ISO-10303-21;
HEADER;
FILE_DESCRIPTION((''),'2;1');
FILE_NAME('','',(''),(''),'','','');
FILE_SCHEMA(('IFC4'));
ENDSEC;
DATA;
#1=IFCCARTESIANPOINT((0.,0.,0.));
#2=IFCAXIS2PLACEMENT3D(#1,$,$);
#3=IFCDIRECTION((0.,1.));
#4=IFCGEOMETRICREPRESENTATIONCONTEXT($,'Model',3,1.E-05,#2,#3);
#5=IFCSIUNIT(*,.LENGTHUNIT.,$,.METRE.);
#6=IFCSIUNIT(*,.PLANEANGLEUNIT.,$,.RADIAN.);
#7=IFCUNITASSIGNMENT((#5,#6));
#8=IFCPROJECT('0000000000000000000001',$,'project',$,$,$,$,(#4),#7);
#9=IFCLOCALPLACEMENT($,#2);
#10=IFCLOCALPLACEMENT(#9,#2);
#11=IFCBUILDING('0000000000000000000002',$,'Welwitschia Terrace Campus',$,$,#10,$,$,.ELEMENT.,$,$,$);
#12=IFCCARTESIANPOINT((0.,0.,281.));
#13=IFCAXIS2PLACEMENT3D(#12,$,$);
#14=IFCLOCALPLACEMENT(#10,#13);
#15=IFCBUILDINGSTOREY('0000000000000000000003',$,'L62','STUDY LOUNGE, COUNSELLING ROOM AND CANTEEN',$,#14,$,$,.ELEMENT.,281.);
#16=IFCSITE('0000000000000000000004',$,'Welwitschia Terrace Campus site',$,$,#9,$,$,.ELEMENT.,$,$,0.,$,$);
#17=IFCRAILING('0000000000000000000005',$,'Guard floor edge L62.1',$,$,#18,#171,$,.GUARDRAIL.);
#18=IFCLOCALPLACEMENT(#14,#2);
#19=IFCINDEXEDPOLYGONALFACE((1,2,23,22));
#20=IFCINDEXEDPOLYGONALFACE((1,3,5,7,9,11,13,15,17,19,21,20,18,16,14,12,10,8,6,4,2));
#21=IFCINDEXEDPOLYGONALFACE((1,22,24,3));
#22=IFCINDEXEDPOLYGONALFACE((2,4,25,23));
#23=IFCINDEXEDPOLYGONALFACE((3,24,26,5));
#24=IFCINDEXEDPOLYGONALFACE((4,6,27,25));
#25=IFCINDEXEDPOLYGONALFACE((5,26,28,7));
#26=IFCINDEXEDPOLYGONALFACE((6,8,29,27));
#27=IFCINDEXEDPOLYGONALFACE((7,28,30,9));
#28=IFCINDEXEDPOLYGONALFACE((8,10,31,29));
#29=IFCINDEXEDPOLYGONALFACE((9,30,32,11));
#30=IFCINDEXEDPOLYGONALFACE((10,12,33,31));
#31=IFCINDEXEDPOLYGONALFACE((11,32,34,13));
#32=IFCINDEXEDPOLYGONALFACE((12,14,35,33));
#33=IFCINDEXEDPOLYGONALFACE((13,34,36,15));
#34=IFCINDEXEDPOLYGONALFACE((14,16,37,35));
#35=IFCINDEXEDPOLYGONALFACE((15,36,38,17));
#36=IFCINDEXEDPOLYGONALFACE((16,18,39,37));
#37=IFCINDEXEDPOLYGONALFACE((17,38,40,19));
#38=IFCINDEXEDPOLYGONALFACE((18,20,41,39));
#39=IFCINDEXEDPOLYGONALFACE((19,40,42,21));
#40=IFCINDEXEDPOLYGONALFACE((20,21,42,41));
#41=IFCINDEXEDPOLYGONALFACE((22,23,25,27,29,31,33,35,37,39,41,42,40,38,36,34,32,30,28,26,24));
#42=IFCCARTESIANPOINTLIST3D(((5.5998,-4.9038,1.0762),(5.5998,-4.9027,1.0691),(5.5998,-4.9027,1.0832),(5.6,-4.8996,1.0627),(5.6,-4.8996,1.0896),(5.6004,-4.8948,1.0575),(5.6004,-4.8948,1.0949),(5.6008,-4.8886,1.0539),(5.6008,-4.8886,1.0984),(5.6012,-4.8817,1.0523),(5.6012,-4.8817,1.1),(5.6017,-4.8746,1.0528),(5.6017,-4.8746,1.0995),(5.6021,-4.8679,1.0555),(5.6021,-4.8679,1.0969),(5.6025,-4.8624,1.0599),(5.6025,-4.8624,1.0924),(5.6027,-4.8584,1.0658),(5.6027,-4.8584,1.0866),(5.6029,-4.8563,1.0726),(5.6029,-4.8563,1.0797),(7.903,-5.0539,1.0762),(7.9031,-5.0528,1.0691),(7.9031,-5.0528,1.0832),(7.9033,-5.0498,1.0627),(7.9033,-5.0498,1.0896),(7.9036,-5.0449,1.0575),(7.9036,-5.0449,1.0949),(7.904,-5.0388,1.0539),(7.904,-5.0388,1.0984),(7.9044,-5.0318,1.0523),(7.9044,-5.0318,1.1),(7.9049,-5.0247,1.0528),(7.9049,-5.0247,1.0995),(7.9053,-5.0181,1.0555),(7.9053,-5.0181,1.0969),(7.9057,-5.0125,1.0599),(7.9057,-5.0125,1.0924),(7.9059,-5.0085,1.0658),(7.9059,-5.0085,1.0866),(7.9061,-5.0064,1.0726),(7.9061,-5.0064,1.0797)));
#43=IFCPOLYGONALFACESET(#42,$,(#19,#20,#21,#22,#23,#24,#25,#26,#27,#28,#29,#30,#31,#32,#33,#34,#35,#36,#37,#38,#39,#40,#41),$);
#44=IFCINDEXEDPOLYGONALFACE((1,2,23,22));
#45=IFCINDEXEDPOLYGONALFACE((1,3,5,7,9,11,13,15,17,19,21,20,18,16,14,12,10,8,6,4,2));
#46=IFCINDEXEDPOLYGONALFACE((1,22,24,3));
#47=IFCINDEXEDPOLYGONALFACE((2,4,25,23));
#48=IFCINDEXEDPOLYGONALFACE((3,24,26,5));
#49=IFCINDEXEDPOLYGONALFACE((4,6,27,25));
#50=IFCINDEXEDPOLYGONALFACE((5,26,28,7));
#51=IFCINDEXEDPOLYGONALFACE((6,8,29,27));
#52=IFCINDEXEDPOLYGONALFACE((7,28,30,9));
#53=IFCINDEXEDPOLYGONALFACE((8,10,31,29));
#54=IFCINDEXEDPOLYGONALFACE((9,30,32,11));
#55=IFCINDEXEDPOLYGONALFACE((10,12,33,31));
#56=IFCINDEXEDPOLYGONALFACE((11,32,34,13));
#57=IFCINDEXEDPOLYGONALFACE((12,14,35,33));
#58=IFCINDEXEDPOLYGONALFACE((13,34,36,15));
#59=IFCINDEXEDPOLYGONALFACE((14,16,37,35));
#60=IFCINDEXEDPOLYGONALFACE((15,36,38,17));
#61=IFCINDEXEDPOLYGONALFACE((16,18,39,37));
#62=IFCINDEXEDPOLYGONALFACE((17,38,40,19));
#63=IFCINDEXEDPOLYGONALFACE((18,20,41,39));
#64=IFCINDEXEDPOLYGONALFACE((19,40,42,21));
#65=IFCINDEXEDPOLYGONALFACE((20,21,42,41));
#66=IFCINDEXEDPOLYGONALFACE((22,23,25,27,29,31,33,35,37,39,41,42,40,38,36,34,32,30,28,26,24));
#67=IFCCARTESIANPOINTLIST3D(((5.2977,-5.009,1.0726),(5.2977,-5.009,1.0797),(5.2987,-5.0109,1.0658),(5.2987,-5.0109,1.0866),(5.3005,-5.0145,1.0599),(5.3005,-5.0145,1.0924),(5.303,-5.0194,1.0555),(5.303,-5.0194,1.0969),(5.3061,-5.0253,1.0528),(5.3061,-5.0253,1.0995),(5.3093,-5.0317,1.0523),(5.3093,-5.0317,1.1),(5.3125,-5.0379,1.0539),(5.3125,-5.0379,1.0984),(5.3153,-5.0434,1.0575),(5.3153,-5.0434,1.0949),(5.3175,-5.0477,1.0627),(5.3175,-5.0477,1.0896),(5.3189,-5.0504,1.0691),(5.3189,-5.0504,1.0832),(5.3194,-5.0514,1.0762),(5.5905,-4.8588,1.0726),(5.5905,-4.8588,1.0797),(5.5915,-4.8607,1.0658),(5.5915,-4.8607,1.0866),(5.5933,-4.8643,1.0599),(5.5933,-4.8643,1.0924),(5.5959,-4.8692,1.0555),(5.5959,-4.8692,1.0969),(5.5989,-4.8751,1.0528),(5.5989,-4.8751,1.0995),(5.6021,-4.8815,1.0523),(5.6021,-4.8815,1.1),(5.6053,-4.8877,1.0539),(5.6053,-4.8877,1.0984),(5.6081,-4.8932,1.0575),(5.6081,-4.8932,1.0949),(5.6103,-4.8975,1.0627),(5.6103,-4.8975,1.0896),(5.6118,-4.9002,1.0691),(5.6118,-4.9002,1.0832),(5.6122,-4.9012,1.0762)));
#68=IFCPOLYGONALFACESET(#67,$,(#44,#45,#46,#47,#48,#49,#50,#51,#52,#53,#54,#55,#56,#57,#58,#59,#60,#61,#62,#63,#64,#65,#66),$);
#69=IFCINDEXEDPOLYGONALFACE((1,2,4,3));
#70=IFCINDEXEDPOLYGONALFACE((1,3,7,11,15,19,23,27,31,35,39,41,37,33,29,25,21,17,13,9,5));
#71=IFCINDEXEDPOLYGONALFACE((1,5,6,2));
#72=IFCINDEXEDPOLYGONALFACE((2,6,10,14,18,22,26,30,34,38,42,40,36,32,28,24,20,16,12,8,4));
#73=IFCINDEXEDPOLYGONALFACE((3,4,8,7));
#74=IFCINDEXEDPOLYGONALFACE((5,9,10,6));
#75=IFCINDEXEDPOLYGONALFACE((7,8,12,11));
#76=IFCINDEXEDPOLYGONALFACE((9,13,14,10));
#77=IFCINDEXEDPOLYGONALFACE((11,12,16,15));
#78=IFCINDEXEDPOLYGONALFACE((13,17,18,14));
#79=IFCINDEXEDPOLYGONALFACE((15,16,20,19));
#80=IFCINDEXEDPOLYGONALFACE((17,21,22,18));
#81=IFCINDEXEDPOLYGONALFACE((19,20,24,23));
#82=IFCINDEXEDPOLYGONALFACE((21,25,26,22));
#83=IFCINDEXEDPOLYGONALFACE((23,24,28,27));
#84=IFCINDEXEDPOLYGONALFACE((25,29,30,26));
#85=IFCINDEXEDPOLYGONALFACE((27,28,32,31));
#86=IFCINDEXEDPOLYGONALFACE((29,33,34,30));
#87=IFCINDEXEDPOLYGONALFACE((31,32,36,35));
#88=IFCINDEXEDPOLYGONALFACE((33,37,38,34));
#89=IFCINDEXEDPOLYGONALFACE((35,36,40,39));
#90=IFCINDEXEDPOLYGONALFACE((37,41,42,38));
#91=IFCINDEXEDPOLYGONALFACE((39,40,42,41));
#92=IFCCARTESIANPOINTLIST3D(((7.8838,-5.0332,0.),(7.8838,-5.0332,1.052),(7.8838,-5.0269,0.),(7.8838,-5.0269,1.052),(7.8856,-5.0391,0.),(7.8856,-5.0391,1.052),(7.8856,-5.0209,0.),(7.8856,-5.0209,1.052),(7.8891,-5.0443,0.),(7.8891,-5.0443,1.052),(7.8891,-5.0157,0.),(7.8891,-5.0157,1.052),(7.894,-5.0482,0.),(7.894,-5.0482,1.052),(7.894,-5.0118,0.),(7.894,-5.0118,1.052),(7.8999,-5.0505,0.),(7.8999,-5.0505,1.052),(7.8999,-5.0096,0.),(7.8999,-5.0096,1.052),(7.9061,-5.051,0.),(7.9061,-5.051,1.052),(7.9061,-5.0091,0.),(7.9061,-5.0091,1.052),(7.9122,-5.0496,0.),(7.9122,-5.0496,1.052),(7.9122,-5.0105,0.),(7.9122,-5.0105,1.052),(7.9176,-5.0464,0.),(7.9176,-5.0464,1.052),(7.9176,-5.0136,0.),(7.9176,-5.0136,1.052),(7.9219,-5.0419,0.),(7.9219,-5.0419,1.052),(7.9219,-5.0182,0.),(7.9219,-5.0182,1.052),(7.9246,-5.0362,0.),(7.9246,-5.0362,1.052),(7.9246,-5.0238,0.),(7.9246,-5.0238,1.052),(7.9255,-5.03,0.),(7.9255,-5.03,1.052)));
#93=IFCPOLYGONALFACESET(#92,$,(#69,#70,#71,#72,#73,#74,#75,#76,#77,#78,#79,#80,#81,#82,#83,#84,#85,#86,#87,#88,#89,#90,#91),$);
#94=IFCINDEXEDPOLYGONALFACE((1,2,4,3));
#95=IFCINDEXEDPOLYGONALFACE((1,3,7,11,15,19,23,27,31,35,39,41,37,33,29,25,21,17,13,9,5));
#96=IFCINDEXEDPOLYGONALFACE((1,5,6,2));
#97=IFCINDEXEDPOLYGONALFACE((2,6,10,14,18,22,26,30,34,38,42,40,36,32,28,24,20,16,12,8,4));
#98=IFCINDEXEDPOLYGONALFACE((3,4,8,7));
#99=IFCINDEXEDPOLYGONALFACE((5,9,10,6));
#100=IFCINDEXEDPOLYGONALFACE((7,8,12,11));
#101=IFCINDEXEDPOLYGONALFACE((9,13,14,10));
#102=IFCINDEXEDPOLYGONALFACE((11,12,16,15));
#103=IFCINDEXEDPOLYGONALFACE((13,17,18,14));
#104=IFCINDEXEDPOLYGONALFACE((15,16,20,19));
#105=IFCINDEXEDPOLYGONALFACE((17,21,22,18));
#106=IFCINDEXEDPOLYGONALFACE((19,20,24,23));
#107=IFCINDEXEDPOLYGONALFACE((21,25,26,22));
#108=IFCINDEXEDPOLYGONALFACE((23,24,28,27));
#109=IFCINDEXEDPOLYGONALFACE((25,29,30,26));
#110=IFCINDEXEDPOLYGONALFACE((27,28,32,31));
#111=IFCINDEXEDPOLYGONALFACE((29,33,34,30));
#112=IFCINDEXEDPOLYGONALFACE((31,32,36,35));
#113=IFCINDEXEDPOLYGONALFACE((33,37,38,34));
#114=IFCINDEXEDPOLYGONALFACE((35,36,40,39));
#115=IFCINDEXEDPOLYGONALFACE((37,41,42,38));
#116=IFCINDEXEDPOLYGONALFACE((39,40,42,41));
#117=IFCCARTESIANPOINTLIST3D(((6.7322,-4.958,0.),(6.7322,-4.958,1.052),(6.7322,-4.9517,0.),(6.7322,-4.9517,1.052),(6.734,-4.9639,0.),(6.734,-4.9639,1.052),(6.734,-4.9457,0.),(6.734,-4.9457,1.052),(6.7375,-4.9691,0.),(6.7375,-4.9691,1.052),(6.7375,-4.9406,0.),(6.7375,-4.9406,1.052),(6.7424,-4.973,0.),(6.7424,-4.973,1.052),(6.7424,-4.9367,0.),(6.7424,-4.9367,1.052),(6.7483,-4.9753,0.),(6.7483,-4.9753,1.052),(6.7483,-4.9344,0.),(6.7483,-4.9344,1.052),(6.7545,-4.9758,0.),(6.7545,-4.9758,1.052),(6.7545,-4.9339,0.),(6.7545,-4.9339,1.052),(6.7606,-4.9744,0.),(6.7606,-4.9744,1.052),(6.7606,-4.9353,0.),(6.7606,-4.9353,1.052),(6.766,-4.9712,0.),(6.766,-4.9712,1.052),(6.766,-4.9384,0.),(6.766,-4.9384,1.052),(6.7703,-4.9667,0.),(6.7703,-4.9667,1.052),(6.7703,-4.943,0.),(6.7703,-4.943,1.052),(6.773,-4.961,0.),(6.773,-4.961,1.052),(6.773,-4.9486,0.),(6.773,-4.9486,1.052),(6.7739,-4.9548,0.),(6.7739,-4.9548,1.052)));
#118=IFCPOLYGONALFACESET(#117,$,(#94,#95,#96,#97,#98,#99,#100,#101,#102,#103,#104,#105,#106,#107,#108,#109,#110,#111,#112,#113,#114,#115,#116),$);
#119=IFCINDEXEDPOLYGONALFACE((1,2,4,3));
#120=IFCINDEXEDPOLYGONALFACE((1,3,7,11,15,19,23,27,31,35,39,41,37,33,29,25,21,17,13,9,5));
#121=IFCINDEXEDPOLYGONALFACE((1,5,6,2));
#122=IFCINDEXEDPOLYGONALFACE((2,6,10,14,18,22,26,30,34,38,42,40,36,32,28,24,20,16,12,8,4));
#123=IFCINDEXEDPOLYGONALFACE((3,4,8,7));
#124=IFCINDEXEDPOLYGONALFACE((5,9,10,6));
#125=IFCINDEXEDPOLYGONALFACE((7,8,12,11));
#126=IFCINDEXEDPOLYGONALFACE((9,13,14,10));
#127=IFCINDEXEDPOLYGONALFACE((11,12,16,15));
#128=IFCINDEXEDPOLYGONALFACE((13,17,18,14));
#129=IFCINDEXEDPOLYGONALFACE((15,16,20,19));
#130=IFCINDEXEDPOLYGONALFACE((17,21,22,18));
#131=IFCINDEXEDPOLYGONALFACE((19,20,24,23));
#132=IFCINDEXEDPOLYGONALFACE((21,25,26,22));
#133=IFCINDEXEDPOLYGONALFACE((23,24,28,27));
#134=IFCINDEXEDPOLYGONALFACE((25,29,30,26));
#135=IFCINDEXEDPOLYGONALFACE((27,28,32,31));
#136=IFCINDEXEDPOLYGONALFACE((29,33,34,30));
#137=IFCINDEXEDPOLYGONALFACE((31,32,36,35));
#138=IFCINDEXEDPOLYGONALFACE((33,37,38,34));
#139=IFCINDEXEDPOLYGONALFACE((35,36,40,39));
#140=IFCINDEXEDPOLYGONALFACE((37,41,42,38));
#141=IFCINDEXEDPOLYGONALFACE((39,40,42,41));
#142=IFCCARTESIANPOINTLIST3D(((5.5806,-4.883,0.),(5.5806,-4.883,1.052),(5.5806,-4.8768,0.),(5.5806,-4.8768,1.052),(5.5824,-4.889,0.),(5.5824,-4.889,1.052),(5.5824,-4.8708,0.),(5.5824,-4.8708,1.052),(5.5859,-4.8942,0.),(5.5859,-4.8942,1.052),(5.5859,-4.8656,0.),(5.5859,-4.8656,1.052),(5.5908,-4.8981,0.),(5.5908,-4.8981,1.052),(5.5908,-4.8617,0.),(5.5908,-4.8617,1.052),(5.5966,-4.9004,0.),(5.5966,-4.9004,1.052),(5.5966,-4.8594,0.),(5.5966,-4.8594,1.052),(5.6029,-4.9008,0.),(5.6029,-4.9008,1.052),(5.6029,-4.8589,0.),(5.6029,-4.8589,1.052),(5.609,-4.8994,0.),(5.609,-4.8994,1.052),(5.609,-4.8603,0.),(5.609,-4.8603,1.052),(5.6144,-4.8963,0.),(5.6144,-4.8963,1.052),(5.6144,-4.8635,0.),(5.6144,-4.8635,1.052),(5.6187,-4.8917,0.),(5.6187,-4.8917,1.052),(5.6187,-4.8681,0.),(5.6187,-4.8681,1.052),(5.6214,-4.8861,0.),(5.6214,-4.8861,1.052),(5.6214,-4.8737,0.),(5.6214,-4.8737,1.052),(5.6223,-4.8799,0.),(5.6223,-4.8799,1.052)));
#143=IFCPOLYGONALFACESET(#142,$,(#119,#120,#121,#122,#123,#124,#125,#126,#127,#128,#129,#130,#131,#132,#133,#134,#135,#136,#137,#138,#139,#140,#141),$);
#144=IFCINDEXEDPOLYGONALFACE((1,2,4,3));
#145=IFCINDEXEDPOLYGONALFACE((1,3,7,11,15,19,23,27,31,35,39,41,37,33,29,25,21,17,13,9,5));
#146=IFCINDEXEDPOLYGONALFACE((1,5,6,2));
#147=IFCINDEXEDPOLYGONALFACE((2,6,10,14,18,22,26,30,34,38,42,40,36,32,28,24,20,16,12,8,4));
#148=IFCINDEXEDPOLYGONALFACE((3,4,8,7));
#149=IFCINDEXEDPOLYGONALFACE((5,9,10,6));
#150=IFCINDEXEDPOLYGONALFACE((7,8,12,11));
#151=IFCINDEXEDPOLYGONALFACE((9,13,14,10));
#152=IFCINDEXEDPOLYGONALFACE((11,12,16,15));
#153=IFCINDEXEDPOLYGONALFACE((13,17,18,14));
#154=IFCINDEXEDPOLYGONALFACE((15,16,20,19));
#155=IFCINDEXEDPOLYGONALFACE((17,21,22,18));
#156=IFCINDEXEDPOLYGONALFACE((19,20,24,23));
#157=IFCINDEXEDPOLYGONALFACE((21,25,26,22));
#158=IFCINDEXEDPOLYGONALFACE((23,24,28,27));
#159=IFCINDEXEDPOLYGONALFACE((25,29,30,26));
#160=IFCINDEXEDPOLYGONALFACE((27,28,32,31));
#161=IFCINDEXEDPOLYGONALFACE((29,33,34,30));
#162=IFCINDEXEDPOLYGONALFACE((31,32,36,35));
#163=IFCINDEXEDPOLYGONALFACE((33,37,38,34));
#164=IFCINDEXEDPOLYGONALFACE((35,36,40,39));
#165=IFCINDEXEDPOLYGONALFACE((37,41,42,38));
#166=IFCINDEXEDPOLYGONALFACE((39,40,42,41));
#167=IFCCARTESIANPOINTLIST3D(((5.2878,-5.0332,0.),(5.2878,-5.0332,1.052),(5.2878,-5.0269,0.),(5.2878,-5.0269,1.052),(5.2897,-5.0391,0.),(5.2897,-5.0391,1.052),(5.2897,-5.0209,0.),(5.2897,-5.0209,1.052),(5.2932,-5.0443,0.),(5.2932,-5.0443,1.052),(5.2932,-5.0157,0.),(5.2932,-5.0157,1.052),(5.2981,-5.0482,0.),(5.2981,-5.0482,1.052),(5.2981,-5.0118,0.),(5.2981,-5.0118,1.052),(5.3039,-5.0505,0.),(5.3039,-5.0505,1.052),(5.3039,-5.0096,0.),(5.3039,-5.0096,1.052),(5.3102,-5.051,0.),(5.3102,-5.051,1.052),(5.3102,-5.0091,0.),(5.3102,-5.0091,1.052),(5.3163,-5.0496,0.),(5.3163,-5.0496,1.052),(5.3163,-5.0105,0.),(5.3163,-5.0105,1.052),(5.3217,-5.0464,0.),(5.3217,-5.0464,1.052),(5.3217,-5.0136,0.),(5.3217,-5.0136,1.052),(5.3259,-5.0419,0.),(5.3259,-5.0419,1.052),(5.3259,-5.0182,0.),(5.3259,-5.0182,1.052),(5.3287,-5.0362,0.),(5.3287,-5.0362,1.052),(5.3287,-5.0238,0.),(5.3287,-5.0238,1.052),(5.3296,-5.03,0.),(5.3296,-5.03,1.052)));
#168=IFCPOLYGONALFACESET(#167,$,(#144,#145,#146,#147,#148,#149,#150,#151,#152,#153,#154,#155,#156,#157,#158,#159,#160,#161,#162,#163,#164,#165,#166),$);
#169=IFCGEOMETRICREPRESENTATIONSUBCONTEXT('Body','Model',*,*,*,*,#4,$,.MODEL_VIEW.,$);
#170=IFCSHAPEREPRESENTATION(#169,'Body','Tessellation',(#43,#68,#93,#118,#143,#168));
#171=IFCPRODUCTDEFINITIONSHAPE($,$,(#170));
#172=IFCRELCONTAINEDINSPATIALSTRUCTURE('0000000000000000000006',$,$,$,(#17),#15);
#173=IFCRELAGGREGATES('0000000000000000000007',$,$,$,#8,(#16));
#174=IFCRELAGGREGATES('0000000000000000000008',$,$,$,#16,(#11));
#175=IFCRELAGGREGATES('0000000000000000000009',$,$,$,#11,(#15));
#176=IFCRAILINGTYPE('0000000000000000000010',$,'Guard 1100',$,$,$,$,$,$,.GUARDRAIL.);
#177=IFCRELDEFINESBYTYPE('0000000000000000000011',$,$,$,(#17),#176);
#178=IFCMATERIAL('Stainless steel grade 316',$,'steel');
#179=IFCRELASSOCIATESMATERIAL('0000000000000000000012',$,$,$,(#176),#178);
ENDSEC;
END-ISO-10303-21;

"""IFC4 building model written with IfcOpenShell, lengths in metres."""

from ifc_helpers import new_model, si_unit, direction, frame, origin, origin_2d, place, context, subcontext, project, spatial, circle, extrude, material, type_object, element, save


model = new_model("IFC4")

# Units and contexts
model_context = context("Model", 3, precision=1e-05, world=origin(), true_north=direction((0.0, 1.0)))
body_context = subcontext(model_context, "Body", "Model", "MODEL_VIEW")
ifc_project = project(units=[si_unit("LENGTHUNIT", "METRE"), si_unit("PLANEANGLEUNIT", "RADIAN")], contexts=[model_context])

# Site, building, storey
site_placement = place(None, origin())
site = spatial("IfcSite", under=ifc_project, at=site_placement, Name="Welwitschia Terrace Campus site", CompositionType="ELEMENT", RefElevation=0.0)
building_placement = place(site_placement, origin())
building = spatial("IfcBuilding", under=site, at=building_placement, Name="Welwitschia Terrace Campus", CompositionType="ELEMENT")
storey_placement = place(building_placement, frame((0.0, 0.0, 281.0)))
storey = spatial("IfcBuildingStorey", under=building, at=storey_placement, Name="L62", Description="STUDY LOUNGE, COUNSELLING ROOM AND CANTEEN", CompositionType="ELEMENT", Elevation=281.0)

# Railing
ifc_material_1 = material(Name="Stainless steel grade 316", Category="steel")
railing_type = type_object("IfcRailingType", Name="Guard 1100", PredefinedType="GUARDRAIL", material=ifc_material_1)
railing_placement = place(storey_placement, frame((7.9045, -5.03, 0.0)))
element("IfcRailing", 1, at=railing_placement, inside=storey, type_object=railing_type, Name="Guard floor edge L62.1", PredefinedType="GUARDRAIL", context=body_context, shape_type="SweptSolid", body=[
    extrude(circle(Radius=0.0239, at=origin_2d()), frame((0.0, 0.0, 1.0762), z_axis=(-0.997882, 0.065052, 0.0), x_axis=(-0.065052, -0.997882, 0.0)), (0.0, 0.0, 1.0), 2.3081),
    extrude(circle(Radius=0.0239, at=origin_2d()), frame((-2.3032, 0.1501, 1.0762), z_axis=(-0.889779, -0.456392, 0.0), x_axis=(0.456392, -0.889779, 0.0)), (0.0, 0.0, 1.0), 0.3291),
    extrude(circle(Radius=0.021, at=origin_2d()), origin(), (0.0, 0.0, 1.0), 1.052),
    extrude(circle(Radius=0.021, at=origin_2d()), frame((-1.1516, 0.0752, 0.0)), (0.0, 0.0, 1.0), 1.052),
    extrude(circle(Radius=0.021, at=origin_2d()), frame((-2.3032, 0.1501, 0.0)), (0.0, 0.0, 1.0), 1.052),
    extrude(circle(Radius=0.021, at=origin_2d()), frame((-2.5959, 0.0, 0.0)), (0.0, 0.0, 1.0), 1.052),
])

save(model, "model.ifc")
